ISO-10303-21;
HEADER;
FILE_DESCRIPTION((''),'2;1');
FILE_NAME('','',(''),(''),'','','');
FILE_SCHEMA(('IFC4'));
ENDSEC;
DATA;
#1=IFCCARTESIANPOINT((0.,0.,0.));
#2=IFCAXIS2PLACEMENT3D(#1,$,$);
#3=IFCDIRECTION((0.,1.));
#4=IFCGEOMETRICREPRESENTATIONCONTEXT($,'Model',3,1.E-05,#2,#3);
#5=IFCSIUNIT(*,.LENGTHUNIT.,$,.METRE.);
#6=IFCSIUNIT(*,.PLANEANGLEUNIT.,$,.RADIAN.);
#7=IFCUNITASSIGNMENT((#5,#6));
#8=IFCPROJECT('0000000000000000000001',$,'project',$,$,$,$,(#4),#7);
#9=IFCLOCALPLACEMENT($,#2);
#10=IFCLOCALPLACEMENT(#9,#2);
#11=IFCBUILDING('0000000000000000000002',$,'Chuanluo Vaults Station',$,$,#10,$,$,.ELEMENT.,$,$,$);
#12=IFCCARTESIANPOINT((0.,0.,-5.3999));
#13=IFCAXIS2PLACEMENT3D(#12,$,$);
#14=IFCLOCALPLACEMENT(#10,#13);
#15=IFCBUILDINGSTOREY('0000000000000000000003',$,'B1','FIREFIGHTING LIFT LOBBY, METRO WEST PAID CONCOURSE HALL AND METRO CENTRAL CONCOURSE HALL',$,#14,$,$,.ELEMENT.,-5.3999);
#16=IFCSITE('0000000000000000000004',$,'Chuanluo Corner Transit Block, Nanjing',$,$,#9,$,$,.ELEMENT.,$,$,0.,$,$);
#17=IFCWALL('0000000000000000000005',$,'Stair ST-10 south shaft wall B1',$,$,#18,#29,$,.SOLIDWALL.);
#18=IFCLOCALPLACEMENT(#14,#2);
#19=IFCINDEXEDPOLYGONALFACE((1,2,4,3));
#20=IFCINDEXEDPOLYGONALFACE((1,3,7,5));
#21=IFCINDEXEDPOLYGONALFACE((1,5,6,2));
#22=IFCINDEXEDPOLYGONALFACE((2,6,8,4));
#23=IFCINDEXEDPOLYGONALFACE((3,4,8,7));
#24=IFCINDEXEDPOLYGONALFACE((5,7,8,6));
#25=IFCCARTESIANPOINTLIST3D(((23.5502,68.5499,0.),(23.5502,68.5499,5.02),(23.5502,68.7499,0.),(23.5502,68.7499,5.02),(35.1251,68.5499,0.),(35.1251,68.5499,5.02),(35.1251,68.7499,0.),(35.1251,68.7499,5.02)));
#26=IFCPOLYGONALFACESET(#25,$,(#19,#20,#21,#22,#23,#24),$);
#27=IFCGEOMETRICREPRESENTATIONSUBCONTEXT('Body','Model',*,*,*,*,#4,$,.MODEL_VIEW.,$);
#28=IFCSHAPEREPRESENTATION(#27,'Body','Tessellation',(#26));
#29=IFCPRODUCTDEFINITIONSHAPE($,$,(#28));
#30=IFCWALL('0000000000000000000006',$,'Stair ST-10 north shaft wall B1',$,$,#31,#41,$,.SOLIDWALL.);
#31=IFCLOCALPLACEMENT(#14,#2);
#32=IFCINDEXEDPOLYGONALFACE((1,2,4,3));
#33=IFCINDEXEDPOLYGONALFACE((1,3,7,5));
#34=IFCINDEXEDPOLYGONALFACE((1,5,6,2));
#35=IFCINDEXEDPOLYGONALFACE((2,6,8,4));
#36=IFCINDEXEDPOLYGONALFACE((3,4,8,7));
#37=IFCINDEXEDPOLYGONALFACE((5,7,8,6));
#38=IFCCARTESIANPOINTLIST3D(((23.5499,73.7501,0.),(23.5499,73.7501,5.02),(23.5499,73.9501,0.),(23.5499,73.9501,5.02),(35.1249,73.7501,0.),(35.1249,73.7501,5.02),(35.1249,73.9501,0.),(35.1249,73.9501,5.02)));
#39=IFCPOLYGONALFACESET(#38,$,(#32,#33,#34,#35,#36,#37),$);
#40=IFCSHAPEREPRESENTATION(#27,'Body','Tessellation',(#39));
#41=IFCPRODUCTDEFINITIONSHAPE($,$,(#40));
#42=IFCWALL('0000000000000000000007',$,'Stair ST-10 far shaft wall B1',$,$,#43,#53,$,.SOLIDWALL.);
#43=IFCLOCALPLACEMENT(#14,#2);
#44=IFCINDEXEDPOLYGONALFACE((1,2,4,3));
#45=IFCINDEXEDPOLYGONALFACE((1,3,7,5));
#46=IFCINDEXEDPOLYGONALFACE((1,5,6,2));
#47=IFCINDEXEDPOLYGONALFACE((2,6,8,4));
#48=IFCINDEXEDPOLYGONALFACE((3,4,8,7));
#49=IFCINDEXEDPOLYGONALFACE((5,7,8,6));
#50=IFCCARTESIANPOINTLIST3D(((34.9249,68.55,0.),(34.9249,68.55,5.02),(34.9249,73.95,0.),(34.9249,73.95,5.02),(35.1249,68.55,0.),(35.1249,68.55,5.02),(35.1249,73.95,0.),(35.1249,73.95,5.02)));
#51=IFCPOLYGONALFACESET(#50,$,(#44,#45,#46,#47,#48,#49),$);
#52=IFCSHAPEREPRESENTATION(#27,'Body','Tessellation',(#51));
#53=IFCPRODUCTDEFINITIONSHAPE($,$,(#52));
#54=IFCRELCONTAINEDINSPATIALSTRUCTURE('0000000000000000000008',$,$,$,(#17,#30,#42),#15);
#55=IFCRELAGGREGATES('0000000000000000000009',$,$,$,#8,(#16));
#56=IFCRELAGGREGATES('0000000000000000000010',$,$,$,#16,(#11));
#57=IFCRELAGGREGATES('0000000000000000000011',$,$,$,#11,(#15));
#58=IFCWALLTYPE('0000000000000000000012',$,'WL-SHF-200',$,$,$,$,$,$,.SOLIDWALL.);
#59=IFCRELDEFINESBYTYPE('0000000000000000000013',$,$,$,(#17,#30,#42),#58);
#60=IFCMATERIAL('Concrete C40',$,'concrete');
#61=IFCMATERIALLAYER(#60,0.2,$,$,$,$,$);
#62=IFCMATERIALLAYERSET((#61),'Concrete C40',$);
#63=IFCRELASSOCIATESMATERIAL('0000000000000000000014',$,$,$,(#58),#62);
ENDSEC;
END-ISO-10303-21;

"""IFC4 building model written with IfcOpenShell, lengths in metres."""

from ifc_helpers import new_model, si_unit, direction, frame, frame_2d, origin, place, context, subcontext, project, spatial, rectangle, extrude, material, layer, layer_set, type_object, element, save


model = new_model("IFC4")

# Units and contexts
model_context = context("Model", 3, precision=1e-05, world=origin(), true_north=direction((0.0, 1.0)))
body_context = subcontext(model_context, "Body", "Model", "MODEL_VIEW")
ifc_project = project(units=[si_unit("LENGTHUNIT", "METRE"), si_unit("PLANEANGLEUNIT", "RADIAN")], contexts=[model_context])

# Site, building, storey
site_placement = place(None, origin())
site = spatial("IfcSite", under=ifc_project, at=site_placement, Name="Chuanluo Corner Transit Block, Nanjing", CompositionType="ELEMENT", RefElevation=0.0)
building_placement = place(site_placement, origin())
building = spatial("IfcBuilding", under=site, at=building_placement, Name="Chuanluo Vaults Station", CompositionType="ELEMENT")
storey_placement = place(building_placement, frame((0.0, 0.0, -5.3999)))
storey = spatial("IfcBuildingStorey", under=building, at=storey_placement, Name="B1", Description="FIREFIGHTING LIFT LOBBY, METRO WEST PAID CONCOURSE HALL AND METRO CENTRAL CONCOURSE HALL", CompositionType="ELEMENT", Elevation=-5.3999)

# Walls
ifc_material_1 = material(Name="Concrete C40", Category="concrete")
ifc_layer = layer(ifc_material_1, 0.2)
ifc_layer_set = layer_set([ifc_layer], Name="Concrete C40")
wall_type = type_object("IfcWallType", Name="WL-SHF-200", PredefinedType="SOLIDWALL", material=ifc_layer_set)
for number, where, z_axis, x_axis, name in (
    (1, (23.55, 68.6499, 0.0), (0.0, 0.0, 1.0), (1.0, 0.0, 0.0), "Stair ST-10 south shaft wall B1"),
    (2, (35.125, 73.8501, 0.0), (0.0, 0.0, 1.0), (-1.0, 0.0, 0.0), "Stair ST-10 north shaft wall B1"),
):
    element("IfcWall", number, at=place(storey_placement, frame(where, z_axis=z_axis, x_axis=x_axis)), inside=storey, type_object=wall_type, Name=name, PredefinedType="SOLIDWALL", context=body_context, shape_type="SweptSolid", body=[
        extrude(rectangle(XDim=11.575, YDim=0.2, at=frame_2d((5.7876, 0.0))), origin(), (0.0, 0.0, 1.0), 5.02),
    ])
wall_placement = place(storey_placement, frame((35.0249, 68.55, 0.0), z_axis=(0.0, 0.0, 1.0), x_axis=(0.0, 1.0, 0.0)))
element("IfcWall", 3, at=wall_placement, inside=storey, type_object=wall_type, Name="Stair ST-10 far shaft wall B1", PredefinedType="SOLIDWALL", context=body_context, shape_type="SweptSolid", body=[
    extrude(rectangle(XDim=5.3999, YDim=0.2, at=frame_2d((2.7, 0.0))), origin(), (0.0, 0.0, 1.0), 5.02),
])

save(model, "model.ifc")
